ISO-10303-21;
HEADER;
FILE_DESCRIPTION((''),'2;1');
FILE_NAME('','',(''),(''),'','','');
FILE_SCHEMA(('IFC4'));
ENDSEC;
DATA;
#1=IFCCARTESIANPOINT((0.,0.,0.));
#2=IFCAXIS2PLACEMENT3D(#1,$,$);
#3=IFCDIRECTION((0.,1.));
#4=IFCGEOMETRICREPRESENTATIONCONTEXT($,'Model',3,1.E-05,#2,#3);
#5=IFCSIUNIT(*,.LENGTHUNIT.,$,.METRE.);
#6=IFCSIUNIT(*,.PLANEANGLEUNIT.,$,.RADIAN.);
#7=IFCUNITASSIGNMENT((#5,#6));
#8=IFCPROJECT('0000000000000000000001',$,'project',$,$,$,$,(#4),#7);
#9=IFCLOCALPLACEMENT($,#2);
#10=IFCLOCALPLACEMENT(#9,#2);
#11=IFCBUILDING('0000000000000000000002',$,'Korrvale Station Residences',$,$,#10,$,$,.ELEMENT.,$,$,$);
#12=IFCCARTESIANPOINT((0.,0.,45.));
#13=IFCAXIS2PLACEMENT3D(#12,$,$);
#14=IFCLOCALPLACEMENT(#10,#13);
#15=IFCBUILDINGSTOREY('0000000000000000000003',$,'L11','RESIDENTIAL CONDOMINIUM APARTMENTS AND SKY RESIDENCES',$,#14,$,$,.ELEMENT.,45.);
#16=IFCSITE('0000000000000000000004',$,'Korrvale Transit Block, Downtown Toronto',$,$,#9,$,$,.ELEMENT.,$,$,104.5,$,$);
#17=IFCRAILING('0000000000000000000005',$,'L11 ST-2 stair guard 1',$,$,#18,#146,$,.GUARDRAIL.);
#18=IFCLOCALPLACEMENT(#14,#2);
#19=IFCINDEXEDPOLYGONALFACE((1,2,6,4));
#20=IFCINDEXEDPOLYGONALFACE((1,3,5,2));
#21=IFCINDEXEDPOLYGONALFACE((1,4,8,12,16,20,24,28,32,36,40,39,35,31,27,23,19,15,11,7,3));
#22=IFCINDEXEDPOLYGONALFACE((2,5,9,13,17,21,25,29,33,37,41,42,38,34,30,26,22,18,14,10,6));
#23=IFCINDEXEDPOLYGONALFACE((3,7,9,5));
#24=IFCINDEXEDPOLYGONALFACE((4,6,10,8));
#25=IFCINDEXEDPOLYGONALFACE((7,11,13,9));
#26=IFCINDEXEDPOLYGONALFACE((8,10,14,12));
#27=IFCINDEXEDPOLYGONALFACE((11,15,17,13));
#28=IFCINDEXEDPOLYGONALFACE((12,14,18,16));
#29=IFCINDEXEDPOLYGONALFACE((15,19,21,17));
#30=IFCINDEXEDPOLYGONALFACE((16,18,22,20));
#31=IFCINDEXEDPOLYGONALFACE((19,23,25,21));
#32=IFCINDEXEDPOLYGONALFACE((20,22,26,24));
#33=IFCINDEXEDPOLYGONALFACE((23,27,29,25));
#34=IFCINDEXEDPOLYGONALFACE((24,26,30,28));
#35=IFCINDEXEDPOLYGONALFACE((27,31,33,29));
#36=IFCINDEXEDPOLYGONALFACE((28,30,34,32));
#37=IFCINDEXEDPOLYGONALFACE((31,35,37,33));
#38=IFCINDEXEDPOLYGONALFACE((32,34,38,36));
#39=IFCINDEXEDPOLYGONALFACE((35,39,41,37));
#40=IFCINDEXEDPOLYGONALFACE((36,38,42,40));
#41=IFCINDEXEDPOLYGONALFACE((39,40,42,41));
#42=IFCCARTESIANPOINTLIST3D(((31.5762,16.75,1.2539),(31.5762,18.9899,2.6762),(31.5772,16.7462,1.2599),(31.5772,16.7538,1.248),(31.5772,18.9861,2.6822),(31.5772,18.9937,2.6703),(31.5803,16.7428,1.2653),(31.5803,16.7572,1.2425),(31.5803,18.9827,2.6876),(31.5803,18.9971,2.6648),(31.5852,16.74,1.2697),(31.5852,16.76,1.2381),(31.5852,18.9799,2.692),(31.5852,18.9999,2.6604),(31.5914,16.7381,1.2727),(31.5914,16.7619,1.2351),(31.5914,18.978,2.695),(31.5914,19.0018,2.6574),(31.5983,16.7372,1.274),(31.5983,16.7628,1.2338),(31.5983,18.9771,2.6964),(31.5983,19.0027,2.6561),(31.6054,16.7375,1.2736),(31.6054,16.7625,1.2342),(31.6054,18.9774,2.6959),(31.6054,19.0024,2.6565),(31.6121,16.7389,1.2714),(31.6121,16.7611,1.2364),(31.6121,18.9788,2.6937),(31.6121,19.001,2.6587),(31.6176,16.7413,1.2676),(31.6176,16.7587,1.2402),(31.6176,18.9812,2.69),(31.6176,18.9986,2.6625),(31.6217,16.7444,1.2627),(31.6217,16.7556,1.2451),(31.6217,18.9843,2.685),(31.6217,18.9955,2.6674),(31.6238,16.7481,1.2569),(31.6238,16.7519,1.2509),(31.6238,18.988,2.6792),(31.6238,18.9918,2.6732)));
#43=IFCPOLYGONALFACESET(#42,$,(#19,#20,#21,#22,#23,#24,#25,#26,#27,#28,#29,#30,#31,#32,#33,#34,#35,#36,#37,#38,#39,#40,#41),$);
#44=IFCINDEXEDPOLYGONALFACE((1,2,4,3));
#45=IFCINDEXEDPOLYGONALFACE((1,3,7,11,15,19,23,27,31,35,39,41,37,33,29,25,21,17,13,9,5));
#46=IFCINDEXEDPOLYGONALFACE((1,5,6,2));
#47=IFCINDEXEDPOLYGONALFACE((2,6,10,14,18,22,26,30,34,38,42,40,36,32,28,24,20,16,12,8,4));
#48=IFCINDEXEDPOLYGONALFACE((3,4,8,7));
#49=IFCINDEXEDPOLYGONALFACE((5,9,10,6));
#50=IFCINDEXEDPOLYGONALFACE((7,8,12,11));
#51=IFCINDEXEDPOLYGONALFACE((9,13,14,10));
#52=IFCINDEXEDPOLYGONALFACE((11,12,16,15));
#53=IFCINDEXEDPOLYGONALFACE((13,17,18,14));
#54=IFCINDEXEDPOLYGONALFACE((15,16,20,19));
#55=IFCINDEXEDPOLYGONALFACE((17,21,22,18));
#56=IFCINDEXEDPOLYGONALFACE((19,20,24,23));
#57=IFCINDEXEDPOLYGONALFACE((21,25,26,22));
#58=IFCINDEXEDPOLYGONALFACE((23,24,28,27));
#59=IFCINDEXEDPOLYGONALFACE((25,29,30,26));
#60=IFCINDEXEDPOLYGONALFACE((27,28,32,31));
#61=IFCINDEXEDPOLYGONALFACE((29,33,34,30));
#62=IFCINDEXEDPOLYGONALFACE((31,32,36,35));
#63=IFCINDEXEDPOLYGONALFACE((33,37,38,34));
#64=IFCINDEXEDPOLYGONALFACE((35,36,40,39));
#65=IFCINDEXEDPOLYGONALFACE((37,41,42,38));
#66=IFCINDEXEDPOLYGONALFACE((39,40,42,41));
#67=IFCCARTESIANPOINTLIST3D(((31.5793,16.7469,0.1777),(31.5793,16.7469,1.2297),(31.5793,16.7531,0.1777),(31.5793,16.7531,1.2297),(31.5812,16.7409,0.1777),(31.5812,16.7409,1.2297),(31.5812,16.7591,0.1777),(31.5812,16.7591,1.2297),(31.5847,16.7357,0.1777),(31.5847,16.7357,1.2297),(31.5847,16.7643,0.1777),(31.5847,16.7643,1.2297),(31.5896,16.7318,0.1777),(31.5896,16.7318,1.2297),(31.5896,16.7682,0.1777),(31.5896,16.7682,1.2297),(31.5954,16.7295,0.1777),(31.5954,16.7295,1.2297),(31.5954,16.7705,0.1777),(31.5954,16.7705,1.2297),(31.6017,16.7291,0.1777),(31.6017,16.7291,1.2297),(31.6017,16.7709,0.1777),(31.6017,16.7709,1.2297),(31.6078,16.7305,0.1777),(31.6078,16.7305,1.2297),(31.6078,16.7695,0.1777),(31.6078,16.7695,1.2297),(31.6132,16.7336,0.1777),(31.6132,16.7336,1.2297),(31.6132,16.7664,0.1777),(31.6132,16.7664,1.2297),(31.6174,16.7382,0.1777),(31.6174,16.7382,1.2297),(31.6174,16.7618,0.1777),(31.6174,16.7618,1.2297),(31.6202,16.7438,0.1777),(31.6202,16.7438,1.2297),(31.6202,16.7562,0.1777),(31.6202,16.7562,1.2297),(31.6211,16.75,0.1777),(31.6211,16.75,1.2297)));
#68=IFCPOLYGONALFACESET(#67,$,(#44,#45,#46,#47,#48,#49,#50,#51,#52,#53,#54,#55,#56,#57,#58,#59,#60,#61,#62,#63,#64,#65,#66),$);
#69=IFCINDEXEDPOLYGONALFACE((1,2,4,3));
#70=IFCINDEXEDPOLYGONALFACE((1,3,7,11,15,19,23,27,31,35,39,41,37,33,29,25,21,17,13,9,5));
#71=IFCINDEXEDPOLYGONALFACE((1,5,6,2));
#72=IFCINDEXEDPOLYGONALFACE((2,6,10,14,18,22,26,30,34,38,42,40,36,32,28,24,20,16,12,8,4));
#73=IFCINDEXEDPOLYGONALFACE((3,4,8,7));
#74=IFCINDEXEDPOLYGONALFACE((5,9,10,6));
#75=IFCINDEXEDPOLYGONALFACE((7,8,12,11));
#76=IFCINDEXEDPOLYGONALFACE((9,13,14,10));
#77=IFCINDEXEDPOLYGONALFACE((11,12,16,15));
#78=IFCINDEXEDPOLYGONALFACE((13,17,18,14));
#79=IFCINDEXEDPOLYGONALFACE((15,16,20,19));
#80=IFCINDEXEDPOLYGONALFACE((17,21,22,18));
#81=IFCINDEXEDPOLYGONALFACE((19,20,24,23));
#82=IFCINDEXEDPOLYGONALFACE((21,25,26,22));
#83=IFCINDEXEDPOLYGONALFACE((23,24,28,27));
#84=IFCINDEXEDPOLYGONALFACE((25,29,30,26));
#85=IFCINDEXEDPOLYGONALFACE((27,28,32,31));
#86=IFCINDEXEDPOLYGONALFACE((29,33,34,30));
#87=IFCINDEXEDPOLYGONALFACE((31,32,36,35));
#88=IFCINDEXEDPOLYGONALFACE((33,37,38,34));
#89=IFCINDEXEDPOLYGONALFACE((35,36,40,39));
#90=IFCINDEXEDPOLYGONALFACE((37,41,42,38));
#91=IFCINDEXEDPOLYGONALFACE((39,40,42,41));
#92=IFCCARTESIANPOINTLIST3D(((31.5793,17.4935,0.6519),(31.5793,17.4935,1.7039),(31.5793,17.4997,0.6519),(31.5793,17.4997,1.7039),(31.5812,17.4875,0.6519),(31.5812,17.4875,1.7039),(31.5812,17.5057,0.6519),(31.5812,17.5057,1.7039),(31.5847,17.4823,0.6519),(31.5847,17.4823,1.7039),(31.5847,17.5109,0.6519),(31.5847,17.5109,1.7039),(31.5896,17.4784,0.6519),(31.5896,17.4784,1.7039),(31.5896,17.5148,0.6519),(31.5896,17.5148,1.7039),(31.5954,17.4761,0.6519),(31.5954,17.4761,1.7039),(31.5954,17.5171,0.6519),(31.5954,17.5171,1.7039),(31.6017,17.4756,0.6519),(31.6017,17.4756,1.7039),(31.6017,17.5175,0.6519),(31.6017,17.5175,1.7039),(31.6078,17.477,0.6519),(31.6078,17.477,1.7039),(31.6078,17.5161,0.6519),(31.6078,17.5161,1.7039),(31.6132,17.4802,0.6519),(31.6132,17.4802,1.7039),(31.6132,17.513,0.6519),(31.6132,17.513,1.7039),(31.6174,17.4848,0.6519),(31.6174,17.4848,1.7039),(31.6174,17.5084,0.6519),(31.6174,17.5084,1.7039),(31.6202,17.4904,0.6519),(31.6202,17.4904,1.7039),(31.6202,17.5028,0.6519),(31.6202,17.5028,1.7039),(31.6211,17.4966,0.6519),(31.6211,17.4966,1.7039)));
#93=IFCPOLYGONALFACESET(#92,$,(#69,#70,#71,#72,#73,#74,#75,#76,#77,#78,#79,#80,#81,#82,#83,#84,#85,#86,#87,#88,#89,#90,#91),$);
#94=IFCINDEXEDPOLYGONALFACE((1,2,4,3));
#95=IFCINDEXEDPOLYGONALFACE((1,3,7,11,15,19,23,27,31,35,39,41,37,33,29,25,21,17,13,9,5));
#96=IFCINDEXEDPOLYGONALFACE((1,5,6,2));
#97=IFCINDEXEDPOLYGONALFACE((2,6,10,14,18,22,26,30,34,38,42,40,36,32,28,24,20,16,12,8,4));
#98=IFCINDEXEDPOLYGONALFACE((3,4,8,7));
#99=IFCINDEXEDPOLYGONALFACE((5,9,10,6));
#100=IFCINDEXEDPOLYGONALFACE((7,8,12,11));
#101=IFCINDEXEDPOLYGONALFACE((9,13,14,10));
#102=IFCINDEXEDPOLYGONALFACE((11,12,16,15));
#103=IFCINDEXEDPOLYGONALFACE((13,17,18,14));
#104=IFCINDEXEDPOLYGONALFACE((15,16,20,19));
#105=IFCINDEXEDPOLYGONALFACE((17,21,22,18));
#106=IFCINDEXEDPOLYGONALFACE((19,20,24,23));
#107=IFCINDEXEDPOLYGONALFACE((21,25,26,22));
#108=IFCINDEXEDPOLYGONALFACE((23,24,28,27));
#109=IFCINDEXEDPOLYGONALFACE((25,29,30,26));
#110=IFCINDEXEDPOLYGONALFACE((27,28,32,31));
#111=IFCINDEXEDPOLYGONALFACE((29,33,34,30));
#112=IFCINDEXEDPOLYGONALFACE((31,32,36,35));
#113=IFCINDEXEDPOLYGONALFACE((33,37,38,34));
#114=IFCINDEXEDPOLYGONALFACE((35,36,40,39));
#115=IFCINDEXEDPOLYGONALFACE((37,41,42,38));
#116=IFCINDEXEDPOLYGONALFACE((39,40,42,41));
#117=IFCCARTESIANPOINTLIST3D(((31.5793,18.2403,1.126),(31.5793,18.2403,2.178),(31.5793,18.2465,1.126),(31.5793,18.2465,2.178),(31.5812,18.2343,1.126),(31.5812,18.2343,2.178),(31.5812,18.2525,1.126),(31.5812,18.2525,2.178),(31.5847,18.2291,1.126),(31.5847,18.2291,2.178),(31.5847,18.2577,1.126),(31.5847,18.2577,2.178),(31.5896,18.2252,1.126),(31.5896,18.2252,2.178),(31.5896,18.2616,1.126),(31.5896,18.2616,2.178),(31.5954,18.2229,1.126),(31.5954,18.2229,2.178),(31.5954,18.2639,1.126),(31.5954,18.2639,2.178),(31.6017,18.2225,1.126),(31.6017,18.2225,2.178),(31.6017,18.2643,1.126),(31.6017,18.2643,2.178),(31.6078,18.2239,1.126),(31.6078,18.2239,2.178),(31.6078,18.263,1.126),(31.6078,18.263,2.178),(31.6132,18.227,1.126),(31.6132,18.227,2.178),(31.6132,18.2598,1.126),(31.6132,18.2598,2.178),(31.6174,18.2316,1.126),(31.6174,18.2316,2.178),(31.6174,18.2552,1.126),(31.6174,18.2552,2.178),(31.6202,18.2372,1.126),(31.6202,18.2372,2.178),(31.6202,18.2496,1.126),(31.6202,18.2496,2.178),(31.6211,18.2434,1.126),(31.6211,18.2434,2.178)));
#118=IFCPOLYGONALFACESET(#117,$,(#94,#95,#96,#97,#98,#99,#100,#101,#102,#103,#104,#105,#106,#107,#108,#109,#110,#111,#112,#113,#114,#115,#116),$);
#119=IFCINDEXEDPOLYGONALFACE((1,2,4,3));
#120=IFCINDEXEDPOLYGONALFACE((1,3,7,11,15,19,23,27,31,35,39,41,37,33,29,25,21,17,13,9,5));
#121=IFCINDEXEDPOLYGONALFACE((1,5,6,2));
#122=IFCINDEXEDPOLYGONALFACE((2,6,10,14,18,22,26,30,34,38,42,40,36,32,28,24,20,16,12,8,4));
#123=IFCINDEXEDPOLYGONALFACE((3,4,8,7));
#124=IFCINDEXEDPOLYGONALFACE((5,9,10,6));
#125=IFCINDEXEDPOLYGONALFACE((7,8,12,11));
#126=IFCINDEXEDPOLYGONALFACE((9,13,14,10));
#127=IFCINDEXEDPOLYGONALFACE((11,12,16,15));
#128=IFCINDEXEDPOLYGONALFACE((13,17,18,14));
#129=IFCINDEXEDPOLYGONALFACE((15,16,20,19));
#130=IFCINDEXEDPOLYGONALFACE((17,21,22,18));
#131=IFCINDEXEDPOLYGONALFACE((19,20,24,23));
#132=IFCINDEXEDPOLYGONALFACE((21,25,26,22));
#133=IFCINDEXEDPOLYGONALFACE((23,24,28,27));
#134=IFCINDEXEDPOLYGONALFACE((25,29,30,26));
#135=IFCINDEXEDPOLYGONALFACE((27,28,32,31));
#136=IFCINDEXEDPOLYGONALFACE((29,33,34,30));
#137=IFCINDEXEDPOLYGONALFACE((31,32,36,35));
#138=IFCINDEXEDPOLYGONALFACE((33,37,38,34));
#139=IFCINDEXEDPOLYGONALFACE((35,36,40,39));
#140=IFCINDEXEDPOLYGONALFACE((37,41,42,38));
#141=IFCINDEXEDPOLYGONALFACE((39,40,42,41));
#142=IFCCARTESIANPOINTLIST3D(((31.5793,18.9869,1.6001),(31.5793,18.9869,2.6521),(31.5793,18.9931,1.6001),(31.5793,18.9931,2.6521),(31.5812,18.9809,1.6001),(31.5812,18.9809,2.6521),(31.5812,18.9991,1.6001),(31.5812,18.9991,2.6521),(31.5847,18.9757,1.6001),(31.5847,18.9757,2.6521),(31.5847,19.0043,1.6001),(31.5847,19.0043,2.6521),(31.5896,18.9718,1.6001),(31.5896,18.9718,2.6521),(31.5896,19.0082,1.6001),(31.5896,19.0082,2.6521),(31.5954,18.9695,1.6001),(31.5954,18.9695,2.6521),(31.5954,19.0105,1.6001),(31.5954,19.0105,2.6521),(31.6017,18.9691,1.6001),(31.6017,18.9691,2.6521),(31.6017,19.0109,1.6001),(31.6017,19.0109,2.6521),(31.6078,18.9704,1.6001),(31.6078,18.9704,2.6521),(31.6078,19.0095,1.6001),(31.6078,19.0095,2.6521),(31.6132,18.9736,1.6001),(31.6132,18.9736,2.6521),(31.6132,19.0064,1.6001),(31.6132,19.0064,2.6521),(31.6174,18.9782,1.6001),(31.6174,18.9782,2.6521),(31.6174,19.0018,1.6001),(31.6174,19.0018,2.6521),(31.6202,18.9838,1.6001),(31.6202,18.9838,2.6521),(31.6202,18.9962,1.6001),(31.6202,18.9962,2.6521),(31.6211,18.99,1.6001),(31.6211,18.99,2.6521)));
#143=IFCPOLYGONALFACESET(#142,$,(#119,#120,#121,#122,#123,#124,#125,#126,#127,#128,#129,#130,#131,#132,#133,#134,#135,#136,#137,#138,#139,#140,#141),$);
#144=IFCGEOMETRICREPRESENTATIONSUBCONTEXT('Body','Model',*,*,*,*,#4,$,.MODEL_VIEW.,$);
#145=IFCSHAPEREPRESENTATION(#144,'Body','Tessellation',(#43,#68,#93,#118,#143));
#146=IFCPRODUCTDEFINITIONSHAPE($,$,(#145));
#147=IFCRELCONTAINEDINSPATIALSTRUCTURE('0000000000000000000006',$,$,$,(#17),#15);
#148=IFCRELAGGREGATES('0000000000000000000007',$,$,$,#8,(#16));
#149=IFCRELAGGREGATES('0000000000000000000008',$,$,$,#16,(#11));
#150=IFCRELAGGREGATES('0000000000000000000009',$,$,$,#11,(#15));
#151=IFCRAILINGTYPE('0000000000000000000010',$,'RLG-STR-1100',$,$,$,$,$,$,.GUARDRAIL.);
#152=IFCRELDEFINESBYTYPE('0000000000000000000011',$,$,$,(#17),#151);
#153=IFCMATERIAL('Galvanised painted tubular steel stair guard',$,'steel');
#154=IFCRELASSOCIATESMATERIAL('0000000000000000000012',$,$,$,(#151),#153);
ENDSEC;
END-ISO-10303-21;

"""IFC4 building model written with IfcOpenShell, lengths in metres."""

from ifc_helpers import new_model, si_unit, direction, frame, origin, origin_2d, place, context, subcontext, project, spatial, circle, extrude, material, type_object, element, save


model = new_model("IFC4")

# Units and contexts
model_context = context("Model", 3, precision=1e-05, world=origin(), true_north=direction((0.0, 1.0)))
body_context = subcontext(model_context, "Body", "Model", "MODEL_VIEW")
ifc_project = project(units=[si_unit("LENGTHUNIT", "METRE"), si_unit("PLANEANGLEUNIT", "RADIAN")], contexts=[model_context])

# Site, building, storey
site_placement = place(None, origin())
site = spatial("IfcSite", under=ifc_project, at=site_placement, Name="Korrvale Transit Block, Downtown Toronto", CompositionType="ELEMENT", RefElevation=104.5)
building_placement = place(site_placement, origin())
building = spatial("IfcBuilding", under=site, at=building_placement, Name="Korrvale Station Residences", CompositionType="ELEMENT")
storey_placement = place(building_placement, frame((0.0, 0.0, 45.0)))
storey = spatial("IfcBuildingStorey", under=building, at=storey_placement, Name="L11", Description="RESIDENTIAL CONDOMINIUM APARTMENTS AND SKY RESIDENCES", CompositionType="ELEMENT", Elevation=45.0)

# Railing
ifc_material_1 = material(Name="Galvanised painted tubular steel stair guard", Category="steel")
railing_type_1 = type_object("IfcRailingType", Name="RLG-STR-1100", PredefinedType="GUARDRAIL", material=ifc_material_1)
railing_1_placement = place(storey_placement, frame((31.6001, 16.75, 0.1777)))
element("IfcRailing", 1, at=railing_1_placement, inside=storey, type_object=railing_type_1, Name="L11 ST-2 stair guard 1", PredefinedType="GUARDRAIL", context=body_context, shape_type="SweptSolid", body=[
    extrude(circle(Radius=0.0239, at=origin_2d()), frame((0.0, 0.0, 1.0762), z_axis=(0.0, 0.844188, 0.536048), x_axis=(-1.0, 0.0, 0.0)), (0.0, 0.0, 1.0), 2.6533),
    extrude(circle(Radius=0.021, at=origin_2d()), origin(), (0.0, 0.0, 1.0), 1.052),
    extrude(circle(Radius=0.021, at=origin_2d()), frame((0.0, 0.7466, 0.4741)), (0.0, 0.0, 1.0), 1.052),
    extrude(circle(Radius=0.021, at=origin_2d()), frame((0.0, 1.4934, 0.9482)), (0.0, 0.0, 1.0), 1.052),
    extrude(circle(Radius=0.021, at=origin_2d()), frame((0.0, 2.24, 1.4224)), (0.0, 0.0, 1.0), 1.052),
])

save(model, "model.ifc")
